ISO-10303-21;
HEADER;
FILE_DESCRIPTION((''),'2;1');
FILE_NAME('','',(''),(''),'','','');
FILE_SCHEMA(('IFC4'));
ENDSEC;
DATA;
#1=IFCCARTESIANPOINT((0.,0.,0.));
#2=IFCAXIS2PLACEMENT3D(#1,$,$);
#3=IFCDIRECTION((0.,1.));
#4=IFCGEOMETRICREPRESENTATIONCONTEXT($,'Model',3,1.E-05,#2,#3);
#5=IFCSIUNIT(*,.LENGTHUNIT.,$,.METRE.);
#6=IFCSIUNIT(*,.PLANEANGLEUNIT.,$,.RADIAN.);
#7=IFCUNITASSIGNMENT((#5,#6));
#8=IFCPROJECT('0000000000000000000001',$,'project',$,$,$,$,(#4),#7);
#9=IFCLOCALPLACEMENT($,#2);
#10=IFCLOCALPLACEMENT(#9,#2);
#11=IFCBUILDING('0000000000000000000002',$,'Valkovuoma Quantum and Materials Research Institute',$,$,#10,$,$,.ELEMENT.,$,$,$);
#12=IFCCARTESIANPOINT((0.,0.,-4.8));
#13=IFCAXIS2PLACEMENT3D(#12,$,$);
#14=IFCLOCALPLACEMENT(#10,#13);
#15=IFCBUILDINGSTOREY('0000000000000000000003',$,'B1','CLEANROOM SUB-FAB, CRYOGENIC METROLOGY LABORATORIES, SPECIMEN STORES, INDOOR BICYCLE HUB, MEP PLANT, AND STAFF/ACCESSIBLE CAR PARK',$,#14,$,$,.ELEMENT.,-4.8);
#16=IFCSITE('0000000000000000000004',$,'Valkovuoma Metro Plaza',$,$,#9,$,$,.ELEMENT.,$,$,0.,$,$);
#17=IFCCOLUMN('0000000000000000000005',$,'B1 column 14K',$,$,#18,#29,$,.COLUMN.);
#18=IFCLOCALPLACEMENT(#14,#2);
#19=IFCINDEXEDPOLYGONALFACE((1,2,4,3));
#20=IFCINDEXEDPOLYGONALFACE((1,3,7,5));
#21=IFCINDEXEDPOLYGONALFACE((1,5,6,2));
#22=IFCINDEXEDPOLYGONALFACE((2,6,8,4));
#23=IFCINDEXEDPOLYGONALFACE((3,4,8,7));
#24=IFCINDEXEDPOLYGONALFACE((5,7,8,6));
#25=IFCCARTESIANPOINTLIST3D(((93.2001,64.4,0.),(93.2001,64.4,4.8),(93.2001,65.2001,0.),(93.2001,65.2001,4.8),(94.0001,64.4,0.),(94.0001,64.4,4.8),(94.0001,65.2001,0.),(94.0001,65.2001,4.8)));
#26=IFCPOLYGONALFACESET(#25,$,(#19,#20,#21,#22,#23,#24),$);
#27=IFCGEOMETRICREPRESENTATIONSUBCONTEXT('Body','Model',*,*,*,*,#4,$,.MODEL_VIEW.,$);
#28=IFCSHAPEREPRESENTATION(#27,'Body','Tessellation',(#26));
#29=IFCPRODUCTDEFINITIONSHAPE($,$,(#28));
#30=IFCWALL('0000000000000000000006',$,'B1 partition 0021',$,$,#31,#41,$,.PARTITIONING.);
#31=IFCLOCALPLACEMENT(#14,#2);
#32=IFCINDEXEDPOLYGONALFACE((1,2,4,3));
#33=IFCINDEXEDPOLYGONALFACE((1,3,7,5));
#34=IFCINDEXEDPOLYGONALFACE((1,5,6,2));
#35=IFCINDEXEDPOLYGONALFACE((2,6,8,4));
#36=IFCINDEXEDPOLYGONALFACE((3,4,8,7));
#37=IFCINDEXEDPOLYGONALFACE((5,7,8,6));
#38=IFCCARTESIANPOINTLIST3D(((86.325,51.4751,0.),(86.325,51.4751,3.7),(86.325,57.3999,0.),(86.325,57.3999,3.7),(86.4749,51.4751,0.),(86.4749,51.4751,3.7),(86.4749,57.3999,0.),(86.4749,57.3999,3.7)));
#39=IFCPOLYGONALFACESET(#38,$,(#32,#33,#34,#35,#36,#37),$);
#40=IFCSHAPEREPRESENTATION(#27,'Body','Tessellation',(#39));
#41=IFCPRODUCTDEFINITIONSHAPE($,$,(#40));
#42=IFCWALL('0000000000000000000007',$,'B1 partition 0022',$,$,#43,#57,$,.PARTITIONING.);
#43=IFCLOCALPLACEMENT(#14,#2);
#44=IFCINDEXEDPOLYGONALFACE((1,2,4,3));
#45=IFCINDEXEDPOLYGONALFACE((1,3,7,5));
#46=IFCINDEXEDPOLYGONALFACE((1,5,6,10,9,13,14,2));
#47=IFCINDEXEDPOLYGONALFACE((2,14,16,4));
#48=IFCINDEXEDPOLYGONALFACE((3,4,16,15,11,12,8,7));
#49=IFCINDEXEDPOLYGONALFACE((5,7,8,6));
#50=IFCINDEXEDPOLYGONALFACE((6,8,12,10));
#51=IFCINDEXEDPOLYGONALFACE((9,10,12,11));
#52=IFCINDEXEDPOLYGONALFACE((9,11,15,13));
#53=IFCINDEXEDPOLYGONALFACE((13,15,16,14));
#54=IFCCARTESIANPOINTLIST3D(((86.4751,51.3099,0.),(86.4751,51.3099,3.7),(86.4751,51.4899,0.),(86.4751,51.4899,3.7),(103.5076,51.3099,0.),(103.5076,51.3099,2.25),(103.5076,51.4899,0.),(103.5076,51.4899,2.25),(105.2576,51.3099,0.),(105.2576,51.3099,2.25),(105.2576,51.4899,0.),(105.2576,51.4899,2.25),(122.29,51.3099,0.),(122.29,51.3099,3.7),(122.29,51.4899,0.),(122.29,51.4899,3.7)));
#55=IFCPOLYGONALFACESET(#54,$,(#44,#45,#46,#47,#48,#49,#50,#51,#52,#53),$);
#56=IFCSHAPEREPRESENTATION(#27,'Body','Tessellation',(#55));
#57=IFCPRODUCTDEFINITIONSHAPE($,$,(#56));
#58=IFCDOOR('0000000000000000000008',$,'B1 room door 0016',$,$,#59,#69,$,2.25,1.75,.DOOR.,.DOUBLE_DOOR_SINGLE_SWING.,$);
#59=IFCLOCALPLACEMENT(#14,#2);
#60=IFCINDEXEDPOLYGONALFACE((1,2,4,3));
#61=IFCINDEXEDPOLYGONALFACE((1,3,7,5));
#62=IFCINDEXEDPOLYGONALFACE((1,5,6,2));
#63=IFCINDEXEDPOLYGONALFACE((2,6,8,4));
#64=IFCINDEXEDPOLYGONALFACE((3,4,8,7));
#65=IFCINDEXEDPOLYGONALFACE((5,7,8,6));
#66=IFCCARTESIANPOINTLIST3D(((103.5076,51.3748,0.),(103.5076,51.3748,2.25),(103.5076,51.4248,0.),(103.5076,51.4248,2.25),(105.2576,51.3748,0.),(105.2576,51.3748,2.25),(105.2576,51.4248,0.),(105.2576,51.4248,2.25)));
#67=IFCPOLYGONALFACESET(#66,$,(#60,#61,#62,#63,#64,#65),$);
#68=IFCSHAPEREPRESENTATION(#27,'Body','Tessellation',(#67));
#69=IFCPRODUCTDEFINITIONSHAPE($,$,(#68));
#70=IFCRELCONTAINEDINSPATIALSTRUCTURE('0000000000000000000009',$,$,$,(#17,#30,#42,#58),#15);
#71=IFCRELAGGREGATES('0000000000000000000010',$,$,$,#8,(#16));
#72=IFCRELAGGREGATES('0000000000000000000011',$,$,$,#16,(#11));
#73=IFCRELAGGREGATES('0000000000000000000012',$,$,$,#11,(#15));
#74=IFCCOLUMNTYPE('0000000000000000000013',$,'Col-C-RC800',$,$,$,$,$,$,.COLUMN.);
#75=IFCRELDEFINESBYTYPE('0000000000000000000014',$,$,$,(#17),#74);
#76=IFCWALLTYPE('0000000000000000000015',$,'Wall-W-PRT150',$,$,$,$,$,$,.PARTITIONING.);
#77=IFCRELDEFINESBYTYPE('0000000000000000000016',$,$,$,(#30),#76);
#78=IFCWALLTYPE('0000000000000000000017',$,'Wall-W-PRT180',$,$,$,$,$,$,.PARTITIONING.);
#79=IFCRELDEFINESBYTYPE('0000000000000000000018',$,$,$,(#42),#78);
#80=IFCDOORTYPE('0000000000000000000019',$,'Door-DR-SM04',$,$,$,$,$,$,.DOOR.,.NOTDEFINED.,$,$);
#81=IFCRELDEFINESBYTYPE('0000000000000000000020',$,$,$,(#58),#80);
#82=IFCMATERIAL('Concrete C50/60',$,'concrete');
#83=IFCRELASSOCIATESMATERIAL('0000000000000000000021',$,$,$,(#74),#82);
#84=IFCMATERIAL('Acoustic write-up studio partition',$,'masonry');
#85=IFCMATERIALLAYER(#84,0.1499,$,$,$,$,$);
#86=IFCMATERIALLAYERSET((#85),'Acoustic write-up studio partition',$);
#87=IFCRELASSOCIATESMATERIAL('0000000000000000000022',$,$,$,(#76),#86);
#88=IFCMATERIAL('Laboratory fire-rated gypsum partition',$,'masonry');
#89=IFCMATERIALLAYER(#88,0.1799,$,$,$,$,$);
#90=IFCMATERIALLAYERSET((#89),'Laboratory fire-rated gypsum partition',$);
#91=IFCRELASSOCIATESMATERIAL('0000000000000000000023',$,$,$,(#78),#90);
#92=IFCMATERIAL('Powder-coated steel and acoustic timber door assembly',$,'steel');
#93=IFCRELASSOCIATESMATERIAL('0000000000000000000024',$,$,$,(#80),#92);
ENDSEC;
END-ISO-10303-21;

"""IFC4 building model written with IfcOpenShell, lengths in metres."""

from ifc_helpers import new_model, si_unit, direction, frame, frame_2d, origin, origin_2d, place, context, subcontext, project, spatial, rectangle, extrude, material, layer, layer_set, material_profile, profile_set, type_object, element, fill, save


model = new_model("IFC4")

# Units and contexts
model_context = context("Model", 3, precision=1e-05, world=origin(), true_north=direction((0.0, 1.0)))
body_context = subcontext(model_context, "Body", "Model", "MODEL_VIEW")
ifc_project = project(units=[si_unit("LENGTHUNIT", "METRE"), si_unit("PLANEANGLEUNIT", "RADIAN")], contexts=[model_context])

# Site, building, storey
site_placement = place(None, origin())
site = spatial("IfcSite", under=ifc_project, at=site_placement, Name="Valkovuoma Metro Plaza", CompositionType="ELEMENT", RefElevation=0.0)
building_placement = place(site_placement, origin())
building = spatial("IfcBuilding", under=site, at=building_placement, Name="Valkovuoma Quantum and Materials Research Institute", CompositionType="ELEMENT")
storey_placement = place(building_placement, frame((0.0, 0.0, -4.8)))
storey = spatial("IfcBuildingStorey", under=building, at=storey_placement, Name="B1", Description="CLEANROOM SUB-FAB, CRYOGENIC METROLOGY LABORATORIES, SPECIMEN STORES, INDOOR BICYCLE HUB, MEP PLANT, AND STAFF/ACCESSIBLE CAR PARK", CompositionType="ELEMENT", Elevation=-4.8)

# Column
ifc_material_1 = material(Name="Concrete C50/60", Category="concrete")
ifc_material_profile_1 = material_profile(ifc_material_1, rectangle(XDim=0.8, YDim=0.8, at=origin_2d()), Name="Concrete C50/60")
ifc_profile_set_1 = profile_set([ifc_material_profile_1], Name="Concrete C50/60")
column_type = type_object("IfcColumnType", Name="Col-C-RC800", PredefinedType="COLUMN", material=ifc_profile_set_1)
for number, where, z_axis, x_axis, name in (
    (1, (93.6001, 64.8, 0.0), (0.0, 0.0, 1.0), (1.0, 0.0, 0.0), "B1 column 14K"),
):
    element("IfcColumn", number, at=place(storey_placement, frame(where, z_axis=z_axis, x_axis=x_axis)), inside=storey, type_object=column_type, Name=name, PredefinedType="COLUMN", context=body_context, shape_type="SweptSolid", body=[
        extrude(rectangle(XDim=0.8, YDim=0.8, at=origin_2d()), origin(), (0.0, 0.0, 1.0), 4.8),
    ])

# Wall
ifc_material_2 = material(Name="Acoustic write-up studio partition", Category="masonry")
ifc_layer_1 = layer(ifc_material_2, 0.1499)
ifc_layer_set_1 = layer_set([ifc_layer_1], Name="Acoustic write-up studio partition")
wall_type_1 = type_object("IfcWallType", Name="Wall-W-PRT150", PredefinedType="PARTITIONING", material=ifc_layer_set_1)
wall_1_placement = place(storey_placement, frame((86.3999, 51.4751, 0.0), z_axis=(0.0, 0.0, 1.0), x_axis=(0.0, 1.0, 0.0)))
element("IfcWall", 2, at=wall_1_placement, inside=storey, type_object=wall_type_1, Name="B1 partition 0021", PredefinedType="PARTITIONING", context=body_context, shape_type="SweptSolid", body=[
    extrude(rectangle(XDim=5.9248, YDim=0.1499, at=frame_2d((2.9624, 0.0))), origin(), (0.0, 0.0, 1.0), 3.7),
])

# Wall, opening, door
ifc_material_3 = material(Name="Laboratory fire-rated gypsum partition", Category="masonry")
ifc_layer_2 = layer(ifc_material_3, 0.1799)
ifc_layer_set_2 = layer_set([ifc_layer_2], Name="Laboratory fire-rated gypsum partition")
wall_type_2 = type_object("IfcWallType", Name="Wall-W-PRT180", PredefinedType="PARTITIONING", material=ifc_layer_set_2)
wall_2_placement = place(storey_placement, frame((86.4751, 51.3999, 0.0), z_axis=(0.0, 0.0, 1.0), x_axis=(1.0, 0.0, 0.0)))
wall_2 = element("IfcWall", 3, at=wall_2_placement, inside=storey, type_object=wall_type_2, Name="B1 partition 0022", PredefinedType="PARTITIONING", context=body_context, shape_type="SweptSolid", body=[
    extrude(rectangle(XDim=35.8149, YDim=0.1799, at=frame_2d((17.9075, 0.0))), origin(), (0.0, 0.0, 1.0), 3.7),
])
opening_placement = place(wall_2_placement, frame((17.0325, 0.0, 0.0)))
opening = element("IfcOpeningElement", 4, at=opening_placement, cuts=wall_2, PredefinedType="OPENING", context=body_context, shape_type="SweptSolid", body=[
    extrude(rectangle(XDim=1.75, YDim=2.25, at=frame_2d((0.875, 1.125))), frame((0.0, 0.1001, 0.0), z_axis=(0.0, -1.0, 0.0), x_axis=(1.0, 0.0, 0.0)), (0.0, 0.0, 1.0), 0.2),
])
ifc_material_4 = material(Name="Powder-coated steel and acoustic timber door assembly", Category="steel")
door_type = type_object("IfcDoorType", Name="Door-DR-SM04", OperationType="NOTDEFINED", PredefinedType="DOOR", material=ifc_material_4)
door_placement = place(opening_placement, origin())
door = element("IfcDoor", 5, at=door_placement, inside=storey, type_object=door_type, Name="B1 room door 0016", OperationType="DOUBLE_DOOR_SINGLE_SWING", OverallHeight=2.25, OverallWidth=1.75, PredefinedType="DOOR", context=body_context, shape_type="SweptSolid", body=[
    extrude(rectangle(XDim=1.75, YDim=2.25, at=frame_2d((0.875, 1.125))), frame((0.0, 0.0249, 0.0), z_axis=(0.0, -1.0, 0.0), x_axis=(1.0, 0.0, 0.0)), (0.0, 0.0, 1.0), 0.05),
])
fill(opening, door)

save(model, "model.ifc")
